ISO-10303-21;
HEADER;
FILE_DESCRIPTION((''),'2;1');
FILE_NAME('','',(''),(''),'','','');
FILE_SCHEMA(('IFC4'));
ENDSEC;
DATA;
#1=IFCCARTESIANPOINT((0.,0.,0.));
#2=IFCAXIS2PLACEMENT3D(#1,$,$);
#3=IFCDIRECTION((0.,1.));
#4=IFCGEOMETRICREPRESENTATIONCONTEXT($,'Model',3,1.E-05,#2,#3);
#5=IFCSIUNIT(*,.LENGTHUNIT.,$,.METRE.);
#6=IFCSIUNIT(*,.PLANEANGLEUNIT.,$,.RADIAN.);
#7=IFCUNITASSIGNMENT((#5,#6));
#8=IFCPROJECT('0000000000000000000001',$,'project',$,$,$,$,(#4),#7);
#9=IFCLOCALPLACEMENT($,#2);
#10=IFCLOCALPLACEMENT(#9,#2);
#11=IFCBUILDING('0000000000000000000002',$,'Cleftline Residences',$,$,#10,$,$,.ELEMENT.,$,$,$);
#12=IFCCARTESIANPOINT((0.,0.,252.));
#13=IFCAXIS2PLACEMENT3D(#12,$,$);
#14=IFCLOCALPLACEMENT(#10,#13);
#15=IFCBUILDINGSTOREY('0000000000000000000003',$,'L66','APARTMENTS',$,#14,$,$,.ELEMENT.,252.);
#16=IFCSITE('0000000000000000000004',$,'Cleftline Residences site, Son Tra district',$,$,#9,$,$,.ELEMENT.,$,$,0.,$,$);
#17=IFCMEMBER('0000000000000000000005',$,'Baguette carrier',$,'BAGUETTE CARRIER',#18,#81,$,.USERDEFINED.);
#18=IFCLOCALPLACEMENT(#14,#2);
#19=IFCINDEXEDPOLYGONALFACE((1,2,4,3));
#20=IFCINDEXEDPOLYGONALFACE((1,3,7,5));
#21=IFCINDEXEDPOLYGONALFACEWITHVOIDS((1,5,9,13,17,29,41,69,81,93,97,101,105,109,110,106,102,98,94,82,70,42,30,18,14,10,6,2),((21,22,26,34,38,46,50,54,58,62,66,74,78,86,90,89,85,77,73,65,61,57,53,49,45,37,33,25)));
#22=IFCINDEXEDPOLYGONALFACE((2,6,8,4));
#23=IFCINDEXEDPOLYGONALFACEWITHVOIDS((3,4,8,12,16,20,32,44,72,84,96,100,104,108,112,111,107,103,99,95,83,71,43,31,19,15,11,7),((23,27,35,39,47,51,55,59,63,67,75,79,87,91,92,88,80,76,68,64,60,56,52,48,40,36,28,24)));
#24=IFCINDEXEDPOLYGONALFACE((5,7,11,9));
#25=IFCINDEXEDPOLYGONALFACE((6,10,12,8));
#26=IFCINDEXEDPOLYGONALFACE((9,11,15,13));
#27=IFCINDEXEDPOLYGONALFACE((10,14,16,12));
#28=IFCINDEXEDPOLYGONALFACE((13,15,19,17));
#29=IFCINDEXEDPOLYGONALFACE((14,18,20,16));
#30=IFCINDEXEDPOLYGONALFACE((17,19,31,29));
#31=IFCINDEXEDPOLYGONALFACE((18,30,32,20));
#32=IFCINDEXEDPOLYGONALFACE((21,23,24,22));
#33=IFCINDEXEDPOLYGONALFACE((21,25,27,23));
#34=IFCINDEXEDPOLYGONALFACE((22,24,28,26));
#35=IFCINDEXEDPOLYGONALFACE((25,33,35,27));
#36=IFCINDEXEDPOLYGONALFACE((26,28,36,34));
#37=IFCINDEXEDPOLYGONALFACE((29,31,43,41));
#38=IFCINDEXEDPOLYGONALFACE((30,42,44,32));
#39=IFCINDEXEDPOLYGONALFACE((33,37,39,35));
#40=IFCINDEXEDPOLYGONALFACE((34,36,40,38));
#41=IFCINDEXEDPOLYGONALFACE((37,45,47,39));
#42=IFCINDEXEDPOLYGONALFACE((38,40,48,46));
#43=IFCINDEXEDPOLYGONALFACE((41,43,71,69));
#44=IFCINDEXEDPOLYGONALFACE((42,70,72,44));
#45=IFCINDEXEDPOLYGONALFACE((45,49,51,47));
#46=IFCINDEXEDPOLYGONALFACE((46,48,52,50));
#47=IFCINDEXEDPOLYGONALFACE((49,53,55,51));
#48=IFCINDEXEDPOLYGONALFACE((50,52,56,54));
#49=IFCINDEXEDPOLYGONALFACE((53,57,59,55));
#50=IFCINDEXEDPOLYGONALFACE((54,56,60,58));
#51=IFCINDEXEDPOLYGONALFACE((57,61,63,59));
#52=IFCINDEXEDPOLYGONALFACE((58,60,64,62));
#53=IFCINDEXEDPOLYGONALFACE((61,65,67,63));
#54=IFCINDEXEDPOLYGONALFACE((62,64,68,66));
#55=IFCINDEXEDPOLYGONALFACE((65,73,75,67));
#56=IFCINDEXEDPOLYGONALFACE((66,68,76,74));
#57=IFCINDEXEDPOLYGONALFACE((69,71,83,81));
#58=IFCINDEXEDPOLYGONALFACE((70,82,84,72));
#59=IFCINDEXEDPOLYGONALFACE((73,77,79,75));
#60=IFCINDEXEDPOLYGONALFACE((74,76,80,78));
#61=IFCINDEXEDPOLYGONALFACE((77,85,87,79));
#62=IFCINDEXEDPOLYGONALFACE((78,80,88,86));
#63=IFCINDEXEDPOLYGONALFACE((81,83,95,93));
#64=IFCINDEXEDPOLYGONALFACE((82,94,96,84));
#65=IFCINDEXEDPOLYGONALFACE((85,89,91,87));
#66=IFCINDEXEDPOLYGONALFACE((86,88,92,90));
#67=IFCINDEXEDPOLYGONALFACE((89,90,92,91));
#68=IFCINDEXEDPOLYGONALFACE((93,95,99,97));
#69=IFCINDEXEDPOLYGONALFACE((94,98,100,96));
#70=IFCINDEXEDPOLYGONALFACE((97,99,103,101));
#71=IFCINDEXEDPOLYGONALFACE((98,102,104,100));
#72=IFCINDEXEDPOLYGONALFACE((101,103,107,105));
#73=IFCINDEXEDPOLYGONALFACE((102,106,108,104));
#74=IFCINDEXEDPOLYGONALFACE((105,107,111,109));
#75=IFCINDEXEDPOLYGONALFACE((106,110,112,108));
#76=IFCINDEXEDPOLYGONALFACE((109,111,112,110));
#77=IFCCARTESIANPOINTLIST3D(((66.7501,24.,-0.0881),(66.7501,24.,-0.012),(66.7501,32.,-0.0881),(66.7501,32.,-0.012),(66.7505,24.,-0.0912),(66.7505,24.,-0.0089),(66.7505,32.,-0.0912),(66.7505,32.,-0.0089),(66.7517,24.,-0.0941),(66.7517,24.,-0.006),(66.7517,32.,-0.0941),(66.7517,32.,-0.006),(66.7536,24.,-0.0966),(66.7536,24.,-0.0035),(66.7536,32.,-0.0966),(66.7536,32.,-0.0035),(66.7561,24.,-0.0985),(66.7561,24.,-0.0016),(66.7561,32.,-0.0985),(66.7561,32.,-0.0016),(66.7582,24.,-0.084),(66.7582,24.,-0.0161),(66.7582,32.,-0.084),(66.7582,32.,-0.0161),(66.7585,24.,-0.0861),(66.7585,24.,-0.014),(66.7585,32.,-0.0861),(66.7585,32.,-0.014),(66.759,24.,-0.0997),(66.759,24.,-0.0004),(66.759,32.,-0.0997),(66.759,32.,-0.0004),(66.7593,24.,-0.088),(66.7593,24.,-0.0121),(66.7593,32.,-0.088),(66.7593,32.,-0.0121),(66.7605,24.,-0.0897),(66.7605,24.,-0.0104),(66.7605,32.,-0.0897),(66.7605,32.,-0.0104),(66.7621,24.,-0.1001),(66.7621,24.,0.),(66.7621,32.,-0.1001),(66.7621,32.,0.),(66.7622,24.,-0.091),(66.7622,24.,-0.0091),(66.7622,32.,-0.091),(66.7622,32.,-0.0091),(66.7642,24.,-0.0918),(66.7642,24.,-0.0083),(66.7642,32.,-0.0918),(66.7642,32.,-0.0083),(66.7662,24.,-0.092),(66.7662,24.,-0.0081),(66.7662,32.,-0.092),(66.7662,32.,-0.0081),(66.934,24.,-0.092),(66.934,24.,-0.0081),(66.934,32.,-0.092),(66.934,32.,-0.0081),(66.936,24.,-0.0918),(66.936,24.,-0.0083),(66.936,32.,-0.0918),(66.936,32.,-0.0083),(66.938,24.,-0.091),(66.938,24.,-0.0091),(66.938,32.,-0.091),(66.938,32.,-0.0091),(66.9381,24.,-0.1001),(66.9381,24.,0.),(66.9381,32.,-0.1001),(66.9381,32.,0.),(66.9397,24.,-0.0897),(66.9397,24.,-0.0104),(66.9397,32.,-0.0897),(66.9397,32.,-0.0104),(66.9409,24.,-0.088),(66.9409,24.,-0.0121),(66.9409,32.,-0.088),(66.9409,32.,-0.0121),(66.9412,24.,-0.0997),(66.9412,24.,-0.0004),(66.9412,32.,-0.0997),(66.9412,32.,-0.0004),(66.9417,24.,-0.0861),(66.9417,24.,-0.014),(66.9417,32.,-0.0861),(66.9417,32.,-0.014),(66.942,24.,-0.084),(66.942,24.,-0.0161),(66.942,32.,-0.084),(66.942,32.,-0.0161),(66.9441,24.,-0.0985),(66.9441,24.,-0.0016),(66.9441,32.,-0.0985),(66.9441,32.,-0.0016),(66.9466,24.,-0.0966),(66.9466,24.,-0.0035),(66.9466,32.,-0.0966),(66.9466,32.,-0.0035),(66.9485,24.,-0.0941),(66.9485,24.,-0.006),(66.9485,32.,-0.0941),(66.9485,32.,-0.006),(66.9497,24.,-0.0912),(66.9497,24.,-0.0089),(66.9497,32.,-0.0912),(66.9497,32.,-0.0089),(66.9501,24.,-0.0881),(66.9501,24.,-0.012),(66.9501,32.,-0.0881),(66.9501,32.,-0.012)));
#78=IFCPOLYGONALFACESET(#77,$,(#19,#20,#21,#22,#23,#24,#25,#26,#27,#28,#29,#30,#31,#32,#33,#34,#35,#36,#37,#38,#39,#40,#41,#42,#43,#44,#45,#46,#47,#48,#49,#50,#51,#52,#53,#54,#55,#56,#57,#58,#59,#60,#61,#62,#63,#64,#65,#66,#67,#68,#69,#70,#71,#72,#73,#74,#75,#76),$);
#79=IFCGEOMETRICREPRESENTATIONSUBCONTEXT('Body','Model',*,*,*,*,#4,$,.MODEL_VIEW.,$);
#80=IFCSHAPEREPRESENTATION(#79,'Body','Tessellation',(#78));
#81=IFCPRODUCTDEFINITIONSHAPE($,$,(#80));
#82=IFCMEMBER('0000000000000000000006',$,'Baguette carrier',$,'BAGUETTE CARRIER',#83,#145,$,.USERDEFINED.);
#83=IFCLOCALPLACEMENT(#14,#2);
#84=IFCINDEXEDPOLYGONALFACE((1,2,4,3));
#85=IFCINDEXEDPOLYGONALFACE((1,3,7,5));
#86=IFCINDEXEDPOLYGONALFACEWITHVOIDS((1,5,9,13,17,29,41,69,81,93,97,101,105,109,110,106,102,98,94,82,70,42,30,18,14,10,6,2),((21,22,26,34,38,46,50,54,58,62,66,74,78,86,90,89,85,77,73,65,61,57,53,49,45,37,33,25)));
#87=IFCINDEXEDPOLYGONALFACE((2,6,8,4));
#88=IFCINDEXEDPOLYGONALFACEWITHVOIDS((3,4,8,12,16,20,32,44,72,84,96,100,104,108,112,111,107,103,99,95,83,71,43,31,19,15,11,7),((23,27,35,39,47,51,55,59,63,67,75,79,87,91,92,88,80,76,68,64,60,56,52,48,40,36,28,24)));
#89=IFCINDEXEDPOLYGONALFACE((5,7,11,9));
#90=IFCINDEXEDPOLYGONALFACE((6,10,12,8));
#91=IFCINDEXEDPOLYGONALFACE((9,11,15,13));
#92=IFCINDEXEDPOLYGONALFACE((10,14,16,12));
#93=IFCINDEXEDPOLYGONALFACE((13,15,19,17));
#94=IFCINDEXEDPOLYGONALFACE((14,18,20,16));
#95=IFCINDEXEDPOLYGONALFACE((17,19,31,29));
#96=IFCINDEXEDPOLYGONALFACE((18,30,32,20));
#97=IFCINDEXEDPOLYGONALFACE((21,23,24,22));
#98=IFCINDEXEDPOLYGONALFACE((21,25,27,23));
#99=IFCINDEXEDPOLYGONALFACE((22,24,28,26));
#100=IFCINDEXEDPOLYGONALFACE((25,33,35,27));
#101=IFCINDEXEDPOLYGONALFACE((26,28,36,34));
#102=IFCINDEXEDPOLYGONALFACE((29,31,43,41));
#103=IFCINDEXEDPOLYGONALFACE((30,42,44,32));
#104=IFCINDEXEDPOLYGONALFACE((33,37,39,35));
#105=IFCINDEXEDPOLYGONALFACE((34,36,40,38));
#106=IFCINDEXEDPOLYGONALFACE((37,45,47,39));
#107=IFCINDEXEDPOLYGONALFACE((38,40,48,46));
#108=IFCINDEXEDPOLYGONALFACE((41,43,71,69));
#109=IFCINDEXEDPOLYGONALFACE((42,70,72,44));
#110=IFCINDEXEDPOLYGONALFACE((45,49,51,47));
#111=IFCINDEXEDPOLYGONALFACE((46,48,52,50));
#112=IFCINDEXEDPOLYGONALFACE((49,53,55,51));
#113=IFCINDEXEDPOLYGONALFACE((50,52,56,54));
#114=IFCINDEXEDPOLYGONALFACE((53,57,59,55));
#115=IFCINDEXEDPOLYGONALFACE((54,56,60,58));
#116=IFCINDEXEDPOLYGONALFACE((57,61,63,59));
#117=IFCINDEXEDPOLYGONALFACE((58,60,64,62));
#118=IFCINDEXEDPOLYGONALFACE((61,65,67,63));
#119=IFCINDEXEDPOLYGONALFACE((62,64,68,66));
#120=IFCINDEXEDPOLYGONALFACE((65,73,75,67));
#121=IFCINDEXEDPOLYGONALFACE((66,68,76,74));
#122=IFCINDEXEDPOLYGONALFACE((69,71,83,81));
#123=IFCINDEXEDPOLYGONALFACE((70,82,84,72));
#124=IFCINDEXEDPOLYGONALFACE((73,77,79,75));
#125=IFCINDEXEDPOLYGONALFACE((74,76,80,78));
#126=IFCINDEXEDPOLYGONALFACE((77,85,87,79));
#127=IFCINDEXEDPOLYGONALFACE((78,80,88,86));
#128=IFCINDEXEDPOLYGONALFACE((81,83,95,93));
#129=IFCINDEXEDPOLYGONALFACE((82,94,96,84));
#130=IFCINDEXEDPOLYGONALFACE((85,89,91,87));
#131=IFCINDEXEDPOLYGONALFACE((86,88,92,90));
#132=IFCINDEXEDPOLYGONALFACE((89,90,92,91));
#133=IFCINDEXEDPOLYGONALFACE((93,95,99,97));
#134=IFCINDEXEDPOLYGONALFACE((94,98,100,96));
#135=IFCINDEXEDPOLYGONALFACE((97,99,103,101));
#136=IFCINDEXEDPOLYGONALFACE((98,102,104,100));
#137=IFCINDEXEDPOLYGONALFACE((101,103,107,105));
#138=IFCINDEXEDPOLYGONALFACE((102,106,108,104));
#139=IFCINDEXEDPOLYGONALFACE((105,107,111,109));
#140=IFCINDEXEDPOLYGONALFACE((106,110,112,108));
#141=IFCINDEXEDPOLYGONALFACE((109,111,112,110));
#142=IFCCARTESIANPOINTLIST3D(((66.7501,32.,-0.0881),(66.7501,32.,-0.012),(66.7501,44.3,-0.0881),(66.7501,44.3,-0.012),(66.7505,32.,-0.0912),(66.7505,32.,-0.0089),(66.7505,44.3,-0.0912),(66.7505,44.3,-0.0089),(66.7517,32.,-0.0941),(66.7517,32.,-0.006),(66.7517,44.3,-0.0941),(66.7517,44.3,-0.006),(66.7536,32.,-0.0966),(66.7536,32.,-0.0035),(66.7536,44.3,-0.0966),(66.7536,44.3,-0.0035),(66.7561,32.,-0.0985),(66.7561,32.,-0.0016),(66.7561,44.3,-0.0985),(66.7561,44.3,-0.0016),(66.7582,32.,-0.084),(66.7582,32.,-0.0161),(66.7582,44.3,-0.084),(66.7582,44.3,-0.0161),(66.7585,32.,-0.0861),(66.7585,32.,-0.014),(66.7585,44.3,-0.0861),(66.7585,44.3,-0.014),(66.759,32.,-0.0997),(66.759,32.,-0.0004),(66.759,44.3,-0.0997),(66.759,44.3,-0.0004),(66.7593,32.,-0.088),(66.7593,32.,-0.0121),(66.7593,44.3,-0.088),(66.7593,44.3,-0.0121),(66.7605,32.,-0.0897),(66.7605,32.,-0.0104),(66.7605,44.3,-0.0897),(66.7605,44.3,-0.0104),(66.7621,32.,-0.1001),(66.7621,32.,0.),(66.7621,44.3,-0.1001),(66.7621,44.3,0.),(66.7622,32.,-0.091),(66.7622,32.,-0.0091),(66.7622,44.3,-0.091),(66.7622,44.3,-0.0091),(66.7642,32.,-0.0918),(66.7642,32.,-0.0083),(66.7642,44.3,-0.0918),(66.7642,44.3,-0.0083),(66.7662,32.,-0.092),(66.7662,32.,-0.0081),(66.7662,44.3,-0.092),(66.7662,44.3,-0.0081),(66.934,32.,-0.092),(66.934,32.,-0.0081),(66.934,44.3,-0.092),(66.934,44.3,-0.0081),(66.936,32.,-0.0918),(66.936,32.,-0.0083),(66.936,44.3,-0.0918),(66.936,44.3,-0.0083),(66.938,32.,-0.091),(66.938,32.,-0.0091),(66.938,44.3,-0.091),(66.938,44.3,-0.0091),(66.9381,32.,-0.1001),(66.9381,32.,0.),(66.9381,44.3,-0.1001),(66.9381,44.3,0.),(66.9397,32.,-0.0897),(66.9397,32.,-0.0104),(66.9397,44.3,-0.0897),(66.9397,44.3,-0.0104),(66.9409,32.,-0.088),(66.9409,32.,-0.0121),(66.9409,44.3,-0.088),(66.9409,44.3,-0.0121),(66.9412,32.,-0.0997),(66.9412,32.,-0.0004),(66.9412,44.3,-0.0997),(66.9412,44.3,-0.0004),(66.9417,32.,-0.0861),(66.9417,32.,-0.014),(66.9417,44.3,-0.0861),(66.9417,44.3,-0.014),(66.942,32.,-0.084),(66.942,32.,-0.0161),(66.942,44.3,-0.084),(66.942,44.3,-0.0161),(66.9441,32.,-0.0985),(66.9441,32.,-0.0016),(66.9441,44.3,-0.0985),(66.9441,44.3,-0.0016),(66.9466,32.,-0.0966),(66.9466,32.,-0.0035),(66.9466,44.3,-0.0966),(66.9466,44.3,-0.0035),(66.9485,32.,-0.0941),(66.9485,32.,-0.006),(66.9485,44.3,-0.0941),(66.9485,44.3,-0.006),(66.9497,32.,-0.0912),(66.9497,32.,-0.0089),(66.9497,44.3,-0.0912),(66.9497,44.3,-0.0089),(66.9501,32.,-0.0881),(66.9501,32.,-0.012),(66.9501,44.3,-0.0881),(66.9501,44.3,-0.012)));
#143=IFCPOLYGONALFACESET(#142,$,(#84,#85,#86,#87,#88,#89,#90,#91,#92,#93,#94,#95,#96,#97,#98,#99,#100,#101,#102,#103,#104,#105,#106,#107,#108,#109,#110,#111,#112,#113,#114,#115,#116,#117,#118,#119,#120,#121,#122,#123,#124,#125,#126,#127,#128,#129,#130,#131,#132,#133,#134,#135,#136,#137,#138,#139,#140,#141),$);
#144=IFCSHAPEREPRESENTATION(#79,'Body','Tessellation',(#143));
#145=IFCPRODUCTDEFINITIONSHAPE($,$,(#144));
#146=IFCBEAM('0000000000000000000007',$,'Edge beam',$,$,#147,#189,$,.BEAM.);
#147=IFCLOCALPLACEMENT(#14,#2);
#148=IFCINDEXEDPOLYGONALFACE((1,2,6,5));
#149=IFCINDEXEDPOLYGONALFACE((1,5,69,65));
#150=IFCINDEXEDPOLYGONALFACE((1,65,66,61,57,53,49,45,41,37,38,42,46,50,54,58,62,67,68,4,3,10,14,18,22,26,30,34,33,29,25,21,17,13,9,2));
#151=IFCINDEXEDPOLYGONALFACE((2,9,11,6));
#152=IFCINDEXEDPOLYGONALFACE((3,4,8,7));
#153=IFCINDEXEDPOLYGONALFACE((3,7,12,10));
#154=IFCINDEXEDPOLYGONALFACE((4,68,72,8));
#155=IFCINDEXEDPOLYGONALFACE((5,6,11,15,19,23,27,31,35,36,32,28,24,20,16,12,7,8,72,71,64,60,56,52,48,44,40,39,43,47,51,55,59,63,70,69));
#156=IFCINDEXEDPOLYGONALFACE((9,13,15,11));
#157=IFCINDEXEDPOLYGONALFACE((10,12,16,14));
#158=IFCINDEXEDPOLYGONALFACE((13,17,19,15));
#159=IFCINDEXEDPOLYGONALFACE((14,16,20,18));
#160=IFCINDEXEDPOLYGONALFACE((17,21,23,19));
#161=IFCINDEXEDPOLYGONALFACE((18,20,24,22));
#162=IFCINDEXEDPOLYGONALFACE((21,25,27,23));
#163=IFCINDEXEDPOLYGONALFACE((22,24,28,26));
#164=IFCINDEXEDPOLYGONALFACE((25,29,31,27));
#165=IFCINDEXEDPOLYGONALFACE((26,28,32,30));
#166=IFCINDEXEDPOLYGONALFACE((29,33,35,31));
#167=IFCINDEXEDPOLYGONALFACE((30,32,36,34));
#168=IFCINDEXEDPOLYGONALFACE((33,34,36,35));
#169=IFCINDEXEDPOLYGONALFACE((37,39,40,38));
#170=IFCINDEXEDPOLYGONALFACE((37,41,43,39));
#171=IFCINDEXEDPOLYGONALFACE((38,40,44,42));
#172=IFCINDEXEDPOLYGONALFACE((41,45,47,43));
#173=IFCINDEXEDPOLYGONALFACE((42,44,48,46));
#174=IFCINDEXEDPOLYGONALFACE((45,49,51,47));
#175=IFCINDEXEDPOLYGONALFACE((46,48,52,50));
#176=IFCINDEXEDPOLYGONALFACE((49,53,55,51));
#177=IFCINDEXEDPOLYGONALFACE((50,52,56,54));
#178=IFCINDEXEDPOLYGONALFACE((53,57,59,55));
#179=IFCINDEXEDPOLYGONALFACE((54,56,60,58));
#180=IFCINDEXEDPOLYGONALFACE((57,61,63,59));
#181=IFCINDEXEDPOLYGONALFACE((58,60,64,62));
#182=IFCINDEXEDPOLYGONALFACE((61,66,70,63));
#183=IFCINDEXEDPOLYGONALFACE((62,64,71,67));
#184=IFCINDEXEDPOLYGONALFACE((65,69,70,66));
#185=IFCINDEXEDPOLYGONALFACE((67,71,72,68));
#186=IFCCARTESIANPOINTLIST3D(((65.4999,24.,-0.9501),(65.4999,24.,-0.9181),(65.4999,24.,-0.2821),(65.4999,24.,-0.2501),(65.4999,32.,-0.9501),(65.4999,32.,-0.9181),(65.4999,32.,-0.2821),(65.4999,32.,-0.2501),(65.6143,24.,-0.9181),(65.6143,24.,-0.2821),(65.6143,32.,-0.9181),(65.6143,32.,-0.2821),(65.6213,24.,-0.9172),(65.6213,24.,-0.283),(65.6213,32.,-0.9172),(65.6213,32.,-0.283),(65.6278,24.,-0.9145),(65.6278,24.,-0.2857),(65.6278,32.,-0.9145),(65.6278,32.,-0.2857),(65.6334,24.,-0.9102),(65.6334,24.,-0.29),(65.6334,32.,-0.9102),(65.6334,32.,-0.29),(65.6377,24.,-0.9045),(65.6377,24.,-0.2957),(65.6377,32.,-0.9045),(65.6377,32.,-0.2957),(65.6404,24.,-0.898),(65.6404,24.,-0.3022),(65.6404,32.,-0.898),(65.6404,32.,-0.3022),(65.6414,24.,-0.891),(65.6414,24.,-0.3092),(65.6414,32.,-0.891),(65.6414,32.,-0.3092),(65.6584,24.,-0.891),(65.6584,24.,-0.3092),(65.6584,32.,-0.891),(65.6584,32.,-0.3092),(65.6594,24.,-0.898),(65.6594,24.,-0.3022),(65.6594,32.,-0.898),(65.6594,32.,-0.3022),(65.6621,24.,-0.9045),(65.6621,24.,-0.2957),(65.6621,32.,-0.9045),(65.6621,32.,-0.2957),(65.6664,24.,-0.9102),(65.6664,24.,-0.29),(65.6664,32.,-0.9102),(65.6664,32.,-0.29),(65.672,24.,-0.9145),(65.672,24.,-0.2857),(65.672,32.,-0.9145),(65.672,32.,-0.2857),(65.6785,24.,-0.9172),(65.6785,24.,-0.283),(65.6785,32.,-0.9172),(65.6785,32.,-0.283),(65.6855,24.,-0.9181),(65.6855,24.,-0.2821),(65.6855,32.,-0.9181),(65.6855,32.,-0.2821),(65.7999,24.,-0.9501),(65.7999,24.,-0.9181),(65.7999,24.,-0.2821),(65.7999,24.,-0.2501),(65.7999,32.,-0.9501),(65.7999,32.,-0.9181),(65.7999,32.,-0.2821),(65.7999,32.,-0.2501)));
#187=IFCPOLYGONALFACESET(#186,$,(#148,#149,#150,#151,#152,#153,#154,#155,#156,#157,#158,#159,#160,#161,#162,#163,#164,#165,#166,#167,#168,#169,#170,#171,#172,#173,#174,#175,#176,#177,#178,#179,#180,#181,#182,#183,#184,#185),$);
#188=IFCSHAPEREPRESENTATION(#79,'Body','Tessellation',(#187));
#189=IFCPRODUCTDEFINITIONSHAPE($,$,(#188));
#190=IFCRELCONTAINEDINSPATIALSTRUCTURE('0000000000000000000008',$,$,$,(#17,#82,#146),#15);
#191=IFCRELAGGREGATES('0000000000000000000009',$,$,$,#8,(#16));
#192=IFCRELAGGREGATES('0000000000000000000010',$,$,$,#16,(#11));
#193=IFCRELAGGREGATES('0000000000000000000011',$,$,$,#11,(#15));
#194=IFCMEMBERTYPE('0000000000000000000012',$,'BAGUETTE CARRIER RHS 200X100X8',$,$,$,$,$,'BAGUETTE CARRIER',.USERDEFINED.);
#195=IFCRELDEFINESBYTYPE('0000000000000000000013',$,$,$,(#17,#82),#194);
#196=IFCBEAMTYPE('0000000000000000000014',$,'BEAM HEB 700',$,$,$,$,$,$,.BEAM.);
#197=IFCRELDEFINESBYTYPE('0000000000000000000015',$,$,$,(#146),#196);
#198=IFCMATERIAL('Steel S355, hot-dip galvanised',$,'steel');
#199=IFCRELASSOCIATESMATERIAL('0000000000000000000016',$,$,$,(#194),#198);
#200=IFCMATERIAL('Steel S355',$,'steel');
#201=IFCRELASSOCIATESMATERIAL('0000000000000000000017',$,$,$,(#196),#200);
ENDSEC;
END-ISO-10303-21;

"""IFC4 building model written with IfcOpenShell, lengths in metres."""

from ifc_helpers import new_model, si_unit, direction, frame, origin, origin_2d, place, context, subcontext, project, spatial, hollow_rectangle, i_section, extrude, material, material_profile, profile_set, type_object, element, save


model = new_model("IFC4")

# Units and contexts
model_context = context("Model", 3, precision=1e-05, world=origin(), true_north=direction((0.0, 1.0)))
body_context = subcontext(model_context, "Body", "Model", "MODEL_VIEW")
ifc_project = project(units=[si_unit("LENGTHUNIT", "METRE"), si_unit("PLANEANGLEUNIT", "RADIAN")], contexts=[model_context])

# Site, building, storey
site_placement = place(None, origin())
site = spatial("IfcSite", under=ifc_project, at=site_placement, Name="Cleftline Residences site, Son Tra district", CompositionType="ELEMENT", RefElevation=0.0)
building_placement = place(site_placement, origin())
building = spatial("IfcBuilding", under=site, at=building_placement, Name="Cleftline Residences", CompositionType="ELEMENT")
storey_placement = place(building_placement, frame((0.0, 0.0, 252.0)))
storey = spatial("IfcBuildingStorey", under=building, at=storey_placement, Name="L66", Description="APARTMENTS", CompositionType="ELEMENT", Elevation=252.0)

# Members
ifc_material_1 = material(Name="Steel S355, hot-dip galvanised", Category="steel")
ifc_material_profile_1 = material_profile(ifc_material_1, hollow_rectangle(XDim=0.1001, YDim=0.2, WallThickness=0.0081, InnerFilletRadius=0.0081, OuterFilletRadius=0.012, at=origin_2d()))
ifc_profile_set_1 = profile_set([ifc_material_profile_1], Name="Steel S355, hot-dip galvanised")
member_type_1 = type_object("IfcMemberType", Name="BAGUETTE CARRIER RHS 200X100X8", ElementType="BAGUETTE CARRIER", PredefinedType="USERDEFINED", material=ifc_profile_set_1)
member_1_placement = place(storey_placement, frame((66.8501, 24.0, -0.05), z_axis=(0.0, 1.0, 0.0), x_axis=(0.0, 0.0, 1.0)))
element("IfcMember", 1, at=member_1_placement, inside=storey, type_object=member_type_1, Name="Baguette carrier", ObjectType="BAGUETTE CARRIER", PredefinedType="USERDEFINED", context=body_context, shape_type="SweptSolid", body=[
    extrude(hollow_rectangle(XDim=0.1001, YDim=0.2, WallThickness=0.0081, InnerFilletRadius=0.0081, OuterFilletRadius=0.012, at=origin_2d()), origin(), (0.0, 0.0, 1.0), 8.0),
])
member_2_placement = place(storey_placement, frame((66.8501, 32.0, -0.05), z_axis=(0.0, 1.0, 0.0), x_axis=(0.0, 0.0, 1.0)))
element("IfcMember", 2, at=member_2_placement, inside=storey, type_object=member_type_1, Name="Baguette carrier", ObjectType="BAGUETTE CARRIER", PredefinedType="USERDEFINED", context=body_context, shape_type="SweptSolid", body=[
    extrude(hollow_rectangle(XDim=0.1001, YDim=0.2, WallThickness=0.0081, InnerFilletRadius=0.0081, OuterFilletRadius=0.012, at=origin_2d()), origin(), (0.0, 0.0, 1.0), 12.3),
])

# Beam
ifc_material_2 = material(Name="Steel S355", Category="steel")
ifc_material_profile_2 = material_profile(ifc_material_2, i_section(OverallWidth=0.3, OverallDepth=0.7, WebThickness=0.0171, FlangeThickness=0.032, FilletRadius=0.0271, at=origin_2d()))
ifc_profile_set_2 = profile_set([ifc_material_profile_2], Name="Steel S355")
beam_type_1 = type_object("IfcBeamType", Name="BEAM HEB 700", PredefinedType="BEAM", material=ifc_profile_set_2)
for number, where, z_axis, x_axis, name in (
    (3, (65.6499, 24.0, -0.6001), (0.0, 1.0, 0.0), (-1.0, 0.0, 0.0), "Edge beam"),
):
    element("IfcBeam", number, at=place(storey_placement, frame(where, z_axis=z_axis, x_axis=x_axis)), inside=storey, type_object=beam_type_1, Name=name, PredefinedType="BEAM", context=body_context, shape_type="SweptSolid", body=[
        extrude(i_section(OverallWidth=0.3, OverallDepth=0.7, WebThickness=0.0171, FlangeThickness=0.032, FilletRadius=0.0271, at=origin_2d()), origin(), (0.0, 0.0, 1.0), 8.0),
    ])

save(model, "model.ifc")
